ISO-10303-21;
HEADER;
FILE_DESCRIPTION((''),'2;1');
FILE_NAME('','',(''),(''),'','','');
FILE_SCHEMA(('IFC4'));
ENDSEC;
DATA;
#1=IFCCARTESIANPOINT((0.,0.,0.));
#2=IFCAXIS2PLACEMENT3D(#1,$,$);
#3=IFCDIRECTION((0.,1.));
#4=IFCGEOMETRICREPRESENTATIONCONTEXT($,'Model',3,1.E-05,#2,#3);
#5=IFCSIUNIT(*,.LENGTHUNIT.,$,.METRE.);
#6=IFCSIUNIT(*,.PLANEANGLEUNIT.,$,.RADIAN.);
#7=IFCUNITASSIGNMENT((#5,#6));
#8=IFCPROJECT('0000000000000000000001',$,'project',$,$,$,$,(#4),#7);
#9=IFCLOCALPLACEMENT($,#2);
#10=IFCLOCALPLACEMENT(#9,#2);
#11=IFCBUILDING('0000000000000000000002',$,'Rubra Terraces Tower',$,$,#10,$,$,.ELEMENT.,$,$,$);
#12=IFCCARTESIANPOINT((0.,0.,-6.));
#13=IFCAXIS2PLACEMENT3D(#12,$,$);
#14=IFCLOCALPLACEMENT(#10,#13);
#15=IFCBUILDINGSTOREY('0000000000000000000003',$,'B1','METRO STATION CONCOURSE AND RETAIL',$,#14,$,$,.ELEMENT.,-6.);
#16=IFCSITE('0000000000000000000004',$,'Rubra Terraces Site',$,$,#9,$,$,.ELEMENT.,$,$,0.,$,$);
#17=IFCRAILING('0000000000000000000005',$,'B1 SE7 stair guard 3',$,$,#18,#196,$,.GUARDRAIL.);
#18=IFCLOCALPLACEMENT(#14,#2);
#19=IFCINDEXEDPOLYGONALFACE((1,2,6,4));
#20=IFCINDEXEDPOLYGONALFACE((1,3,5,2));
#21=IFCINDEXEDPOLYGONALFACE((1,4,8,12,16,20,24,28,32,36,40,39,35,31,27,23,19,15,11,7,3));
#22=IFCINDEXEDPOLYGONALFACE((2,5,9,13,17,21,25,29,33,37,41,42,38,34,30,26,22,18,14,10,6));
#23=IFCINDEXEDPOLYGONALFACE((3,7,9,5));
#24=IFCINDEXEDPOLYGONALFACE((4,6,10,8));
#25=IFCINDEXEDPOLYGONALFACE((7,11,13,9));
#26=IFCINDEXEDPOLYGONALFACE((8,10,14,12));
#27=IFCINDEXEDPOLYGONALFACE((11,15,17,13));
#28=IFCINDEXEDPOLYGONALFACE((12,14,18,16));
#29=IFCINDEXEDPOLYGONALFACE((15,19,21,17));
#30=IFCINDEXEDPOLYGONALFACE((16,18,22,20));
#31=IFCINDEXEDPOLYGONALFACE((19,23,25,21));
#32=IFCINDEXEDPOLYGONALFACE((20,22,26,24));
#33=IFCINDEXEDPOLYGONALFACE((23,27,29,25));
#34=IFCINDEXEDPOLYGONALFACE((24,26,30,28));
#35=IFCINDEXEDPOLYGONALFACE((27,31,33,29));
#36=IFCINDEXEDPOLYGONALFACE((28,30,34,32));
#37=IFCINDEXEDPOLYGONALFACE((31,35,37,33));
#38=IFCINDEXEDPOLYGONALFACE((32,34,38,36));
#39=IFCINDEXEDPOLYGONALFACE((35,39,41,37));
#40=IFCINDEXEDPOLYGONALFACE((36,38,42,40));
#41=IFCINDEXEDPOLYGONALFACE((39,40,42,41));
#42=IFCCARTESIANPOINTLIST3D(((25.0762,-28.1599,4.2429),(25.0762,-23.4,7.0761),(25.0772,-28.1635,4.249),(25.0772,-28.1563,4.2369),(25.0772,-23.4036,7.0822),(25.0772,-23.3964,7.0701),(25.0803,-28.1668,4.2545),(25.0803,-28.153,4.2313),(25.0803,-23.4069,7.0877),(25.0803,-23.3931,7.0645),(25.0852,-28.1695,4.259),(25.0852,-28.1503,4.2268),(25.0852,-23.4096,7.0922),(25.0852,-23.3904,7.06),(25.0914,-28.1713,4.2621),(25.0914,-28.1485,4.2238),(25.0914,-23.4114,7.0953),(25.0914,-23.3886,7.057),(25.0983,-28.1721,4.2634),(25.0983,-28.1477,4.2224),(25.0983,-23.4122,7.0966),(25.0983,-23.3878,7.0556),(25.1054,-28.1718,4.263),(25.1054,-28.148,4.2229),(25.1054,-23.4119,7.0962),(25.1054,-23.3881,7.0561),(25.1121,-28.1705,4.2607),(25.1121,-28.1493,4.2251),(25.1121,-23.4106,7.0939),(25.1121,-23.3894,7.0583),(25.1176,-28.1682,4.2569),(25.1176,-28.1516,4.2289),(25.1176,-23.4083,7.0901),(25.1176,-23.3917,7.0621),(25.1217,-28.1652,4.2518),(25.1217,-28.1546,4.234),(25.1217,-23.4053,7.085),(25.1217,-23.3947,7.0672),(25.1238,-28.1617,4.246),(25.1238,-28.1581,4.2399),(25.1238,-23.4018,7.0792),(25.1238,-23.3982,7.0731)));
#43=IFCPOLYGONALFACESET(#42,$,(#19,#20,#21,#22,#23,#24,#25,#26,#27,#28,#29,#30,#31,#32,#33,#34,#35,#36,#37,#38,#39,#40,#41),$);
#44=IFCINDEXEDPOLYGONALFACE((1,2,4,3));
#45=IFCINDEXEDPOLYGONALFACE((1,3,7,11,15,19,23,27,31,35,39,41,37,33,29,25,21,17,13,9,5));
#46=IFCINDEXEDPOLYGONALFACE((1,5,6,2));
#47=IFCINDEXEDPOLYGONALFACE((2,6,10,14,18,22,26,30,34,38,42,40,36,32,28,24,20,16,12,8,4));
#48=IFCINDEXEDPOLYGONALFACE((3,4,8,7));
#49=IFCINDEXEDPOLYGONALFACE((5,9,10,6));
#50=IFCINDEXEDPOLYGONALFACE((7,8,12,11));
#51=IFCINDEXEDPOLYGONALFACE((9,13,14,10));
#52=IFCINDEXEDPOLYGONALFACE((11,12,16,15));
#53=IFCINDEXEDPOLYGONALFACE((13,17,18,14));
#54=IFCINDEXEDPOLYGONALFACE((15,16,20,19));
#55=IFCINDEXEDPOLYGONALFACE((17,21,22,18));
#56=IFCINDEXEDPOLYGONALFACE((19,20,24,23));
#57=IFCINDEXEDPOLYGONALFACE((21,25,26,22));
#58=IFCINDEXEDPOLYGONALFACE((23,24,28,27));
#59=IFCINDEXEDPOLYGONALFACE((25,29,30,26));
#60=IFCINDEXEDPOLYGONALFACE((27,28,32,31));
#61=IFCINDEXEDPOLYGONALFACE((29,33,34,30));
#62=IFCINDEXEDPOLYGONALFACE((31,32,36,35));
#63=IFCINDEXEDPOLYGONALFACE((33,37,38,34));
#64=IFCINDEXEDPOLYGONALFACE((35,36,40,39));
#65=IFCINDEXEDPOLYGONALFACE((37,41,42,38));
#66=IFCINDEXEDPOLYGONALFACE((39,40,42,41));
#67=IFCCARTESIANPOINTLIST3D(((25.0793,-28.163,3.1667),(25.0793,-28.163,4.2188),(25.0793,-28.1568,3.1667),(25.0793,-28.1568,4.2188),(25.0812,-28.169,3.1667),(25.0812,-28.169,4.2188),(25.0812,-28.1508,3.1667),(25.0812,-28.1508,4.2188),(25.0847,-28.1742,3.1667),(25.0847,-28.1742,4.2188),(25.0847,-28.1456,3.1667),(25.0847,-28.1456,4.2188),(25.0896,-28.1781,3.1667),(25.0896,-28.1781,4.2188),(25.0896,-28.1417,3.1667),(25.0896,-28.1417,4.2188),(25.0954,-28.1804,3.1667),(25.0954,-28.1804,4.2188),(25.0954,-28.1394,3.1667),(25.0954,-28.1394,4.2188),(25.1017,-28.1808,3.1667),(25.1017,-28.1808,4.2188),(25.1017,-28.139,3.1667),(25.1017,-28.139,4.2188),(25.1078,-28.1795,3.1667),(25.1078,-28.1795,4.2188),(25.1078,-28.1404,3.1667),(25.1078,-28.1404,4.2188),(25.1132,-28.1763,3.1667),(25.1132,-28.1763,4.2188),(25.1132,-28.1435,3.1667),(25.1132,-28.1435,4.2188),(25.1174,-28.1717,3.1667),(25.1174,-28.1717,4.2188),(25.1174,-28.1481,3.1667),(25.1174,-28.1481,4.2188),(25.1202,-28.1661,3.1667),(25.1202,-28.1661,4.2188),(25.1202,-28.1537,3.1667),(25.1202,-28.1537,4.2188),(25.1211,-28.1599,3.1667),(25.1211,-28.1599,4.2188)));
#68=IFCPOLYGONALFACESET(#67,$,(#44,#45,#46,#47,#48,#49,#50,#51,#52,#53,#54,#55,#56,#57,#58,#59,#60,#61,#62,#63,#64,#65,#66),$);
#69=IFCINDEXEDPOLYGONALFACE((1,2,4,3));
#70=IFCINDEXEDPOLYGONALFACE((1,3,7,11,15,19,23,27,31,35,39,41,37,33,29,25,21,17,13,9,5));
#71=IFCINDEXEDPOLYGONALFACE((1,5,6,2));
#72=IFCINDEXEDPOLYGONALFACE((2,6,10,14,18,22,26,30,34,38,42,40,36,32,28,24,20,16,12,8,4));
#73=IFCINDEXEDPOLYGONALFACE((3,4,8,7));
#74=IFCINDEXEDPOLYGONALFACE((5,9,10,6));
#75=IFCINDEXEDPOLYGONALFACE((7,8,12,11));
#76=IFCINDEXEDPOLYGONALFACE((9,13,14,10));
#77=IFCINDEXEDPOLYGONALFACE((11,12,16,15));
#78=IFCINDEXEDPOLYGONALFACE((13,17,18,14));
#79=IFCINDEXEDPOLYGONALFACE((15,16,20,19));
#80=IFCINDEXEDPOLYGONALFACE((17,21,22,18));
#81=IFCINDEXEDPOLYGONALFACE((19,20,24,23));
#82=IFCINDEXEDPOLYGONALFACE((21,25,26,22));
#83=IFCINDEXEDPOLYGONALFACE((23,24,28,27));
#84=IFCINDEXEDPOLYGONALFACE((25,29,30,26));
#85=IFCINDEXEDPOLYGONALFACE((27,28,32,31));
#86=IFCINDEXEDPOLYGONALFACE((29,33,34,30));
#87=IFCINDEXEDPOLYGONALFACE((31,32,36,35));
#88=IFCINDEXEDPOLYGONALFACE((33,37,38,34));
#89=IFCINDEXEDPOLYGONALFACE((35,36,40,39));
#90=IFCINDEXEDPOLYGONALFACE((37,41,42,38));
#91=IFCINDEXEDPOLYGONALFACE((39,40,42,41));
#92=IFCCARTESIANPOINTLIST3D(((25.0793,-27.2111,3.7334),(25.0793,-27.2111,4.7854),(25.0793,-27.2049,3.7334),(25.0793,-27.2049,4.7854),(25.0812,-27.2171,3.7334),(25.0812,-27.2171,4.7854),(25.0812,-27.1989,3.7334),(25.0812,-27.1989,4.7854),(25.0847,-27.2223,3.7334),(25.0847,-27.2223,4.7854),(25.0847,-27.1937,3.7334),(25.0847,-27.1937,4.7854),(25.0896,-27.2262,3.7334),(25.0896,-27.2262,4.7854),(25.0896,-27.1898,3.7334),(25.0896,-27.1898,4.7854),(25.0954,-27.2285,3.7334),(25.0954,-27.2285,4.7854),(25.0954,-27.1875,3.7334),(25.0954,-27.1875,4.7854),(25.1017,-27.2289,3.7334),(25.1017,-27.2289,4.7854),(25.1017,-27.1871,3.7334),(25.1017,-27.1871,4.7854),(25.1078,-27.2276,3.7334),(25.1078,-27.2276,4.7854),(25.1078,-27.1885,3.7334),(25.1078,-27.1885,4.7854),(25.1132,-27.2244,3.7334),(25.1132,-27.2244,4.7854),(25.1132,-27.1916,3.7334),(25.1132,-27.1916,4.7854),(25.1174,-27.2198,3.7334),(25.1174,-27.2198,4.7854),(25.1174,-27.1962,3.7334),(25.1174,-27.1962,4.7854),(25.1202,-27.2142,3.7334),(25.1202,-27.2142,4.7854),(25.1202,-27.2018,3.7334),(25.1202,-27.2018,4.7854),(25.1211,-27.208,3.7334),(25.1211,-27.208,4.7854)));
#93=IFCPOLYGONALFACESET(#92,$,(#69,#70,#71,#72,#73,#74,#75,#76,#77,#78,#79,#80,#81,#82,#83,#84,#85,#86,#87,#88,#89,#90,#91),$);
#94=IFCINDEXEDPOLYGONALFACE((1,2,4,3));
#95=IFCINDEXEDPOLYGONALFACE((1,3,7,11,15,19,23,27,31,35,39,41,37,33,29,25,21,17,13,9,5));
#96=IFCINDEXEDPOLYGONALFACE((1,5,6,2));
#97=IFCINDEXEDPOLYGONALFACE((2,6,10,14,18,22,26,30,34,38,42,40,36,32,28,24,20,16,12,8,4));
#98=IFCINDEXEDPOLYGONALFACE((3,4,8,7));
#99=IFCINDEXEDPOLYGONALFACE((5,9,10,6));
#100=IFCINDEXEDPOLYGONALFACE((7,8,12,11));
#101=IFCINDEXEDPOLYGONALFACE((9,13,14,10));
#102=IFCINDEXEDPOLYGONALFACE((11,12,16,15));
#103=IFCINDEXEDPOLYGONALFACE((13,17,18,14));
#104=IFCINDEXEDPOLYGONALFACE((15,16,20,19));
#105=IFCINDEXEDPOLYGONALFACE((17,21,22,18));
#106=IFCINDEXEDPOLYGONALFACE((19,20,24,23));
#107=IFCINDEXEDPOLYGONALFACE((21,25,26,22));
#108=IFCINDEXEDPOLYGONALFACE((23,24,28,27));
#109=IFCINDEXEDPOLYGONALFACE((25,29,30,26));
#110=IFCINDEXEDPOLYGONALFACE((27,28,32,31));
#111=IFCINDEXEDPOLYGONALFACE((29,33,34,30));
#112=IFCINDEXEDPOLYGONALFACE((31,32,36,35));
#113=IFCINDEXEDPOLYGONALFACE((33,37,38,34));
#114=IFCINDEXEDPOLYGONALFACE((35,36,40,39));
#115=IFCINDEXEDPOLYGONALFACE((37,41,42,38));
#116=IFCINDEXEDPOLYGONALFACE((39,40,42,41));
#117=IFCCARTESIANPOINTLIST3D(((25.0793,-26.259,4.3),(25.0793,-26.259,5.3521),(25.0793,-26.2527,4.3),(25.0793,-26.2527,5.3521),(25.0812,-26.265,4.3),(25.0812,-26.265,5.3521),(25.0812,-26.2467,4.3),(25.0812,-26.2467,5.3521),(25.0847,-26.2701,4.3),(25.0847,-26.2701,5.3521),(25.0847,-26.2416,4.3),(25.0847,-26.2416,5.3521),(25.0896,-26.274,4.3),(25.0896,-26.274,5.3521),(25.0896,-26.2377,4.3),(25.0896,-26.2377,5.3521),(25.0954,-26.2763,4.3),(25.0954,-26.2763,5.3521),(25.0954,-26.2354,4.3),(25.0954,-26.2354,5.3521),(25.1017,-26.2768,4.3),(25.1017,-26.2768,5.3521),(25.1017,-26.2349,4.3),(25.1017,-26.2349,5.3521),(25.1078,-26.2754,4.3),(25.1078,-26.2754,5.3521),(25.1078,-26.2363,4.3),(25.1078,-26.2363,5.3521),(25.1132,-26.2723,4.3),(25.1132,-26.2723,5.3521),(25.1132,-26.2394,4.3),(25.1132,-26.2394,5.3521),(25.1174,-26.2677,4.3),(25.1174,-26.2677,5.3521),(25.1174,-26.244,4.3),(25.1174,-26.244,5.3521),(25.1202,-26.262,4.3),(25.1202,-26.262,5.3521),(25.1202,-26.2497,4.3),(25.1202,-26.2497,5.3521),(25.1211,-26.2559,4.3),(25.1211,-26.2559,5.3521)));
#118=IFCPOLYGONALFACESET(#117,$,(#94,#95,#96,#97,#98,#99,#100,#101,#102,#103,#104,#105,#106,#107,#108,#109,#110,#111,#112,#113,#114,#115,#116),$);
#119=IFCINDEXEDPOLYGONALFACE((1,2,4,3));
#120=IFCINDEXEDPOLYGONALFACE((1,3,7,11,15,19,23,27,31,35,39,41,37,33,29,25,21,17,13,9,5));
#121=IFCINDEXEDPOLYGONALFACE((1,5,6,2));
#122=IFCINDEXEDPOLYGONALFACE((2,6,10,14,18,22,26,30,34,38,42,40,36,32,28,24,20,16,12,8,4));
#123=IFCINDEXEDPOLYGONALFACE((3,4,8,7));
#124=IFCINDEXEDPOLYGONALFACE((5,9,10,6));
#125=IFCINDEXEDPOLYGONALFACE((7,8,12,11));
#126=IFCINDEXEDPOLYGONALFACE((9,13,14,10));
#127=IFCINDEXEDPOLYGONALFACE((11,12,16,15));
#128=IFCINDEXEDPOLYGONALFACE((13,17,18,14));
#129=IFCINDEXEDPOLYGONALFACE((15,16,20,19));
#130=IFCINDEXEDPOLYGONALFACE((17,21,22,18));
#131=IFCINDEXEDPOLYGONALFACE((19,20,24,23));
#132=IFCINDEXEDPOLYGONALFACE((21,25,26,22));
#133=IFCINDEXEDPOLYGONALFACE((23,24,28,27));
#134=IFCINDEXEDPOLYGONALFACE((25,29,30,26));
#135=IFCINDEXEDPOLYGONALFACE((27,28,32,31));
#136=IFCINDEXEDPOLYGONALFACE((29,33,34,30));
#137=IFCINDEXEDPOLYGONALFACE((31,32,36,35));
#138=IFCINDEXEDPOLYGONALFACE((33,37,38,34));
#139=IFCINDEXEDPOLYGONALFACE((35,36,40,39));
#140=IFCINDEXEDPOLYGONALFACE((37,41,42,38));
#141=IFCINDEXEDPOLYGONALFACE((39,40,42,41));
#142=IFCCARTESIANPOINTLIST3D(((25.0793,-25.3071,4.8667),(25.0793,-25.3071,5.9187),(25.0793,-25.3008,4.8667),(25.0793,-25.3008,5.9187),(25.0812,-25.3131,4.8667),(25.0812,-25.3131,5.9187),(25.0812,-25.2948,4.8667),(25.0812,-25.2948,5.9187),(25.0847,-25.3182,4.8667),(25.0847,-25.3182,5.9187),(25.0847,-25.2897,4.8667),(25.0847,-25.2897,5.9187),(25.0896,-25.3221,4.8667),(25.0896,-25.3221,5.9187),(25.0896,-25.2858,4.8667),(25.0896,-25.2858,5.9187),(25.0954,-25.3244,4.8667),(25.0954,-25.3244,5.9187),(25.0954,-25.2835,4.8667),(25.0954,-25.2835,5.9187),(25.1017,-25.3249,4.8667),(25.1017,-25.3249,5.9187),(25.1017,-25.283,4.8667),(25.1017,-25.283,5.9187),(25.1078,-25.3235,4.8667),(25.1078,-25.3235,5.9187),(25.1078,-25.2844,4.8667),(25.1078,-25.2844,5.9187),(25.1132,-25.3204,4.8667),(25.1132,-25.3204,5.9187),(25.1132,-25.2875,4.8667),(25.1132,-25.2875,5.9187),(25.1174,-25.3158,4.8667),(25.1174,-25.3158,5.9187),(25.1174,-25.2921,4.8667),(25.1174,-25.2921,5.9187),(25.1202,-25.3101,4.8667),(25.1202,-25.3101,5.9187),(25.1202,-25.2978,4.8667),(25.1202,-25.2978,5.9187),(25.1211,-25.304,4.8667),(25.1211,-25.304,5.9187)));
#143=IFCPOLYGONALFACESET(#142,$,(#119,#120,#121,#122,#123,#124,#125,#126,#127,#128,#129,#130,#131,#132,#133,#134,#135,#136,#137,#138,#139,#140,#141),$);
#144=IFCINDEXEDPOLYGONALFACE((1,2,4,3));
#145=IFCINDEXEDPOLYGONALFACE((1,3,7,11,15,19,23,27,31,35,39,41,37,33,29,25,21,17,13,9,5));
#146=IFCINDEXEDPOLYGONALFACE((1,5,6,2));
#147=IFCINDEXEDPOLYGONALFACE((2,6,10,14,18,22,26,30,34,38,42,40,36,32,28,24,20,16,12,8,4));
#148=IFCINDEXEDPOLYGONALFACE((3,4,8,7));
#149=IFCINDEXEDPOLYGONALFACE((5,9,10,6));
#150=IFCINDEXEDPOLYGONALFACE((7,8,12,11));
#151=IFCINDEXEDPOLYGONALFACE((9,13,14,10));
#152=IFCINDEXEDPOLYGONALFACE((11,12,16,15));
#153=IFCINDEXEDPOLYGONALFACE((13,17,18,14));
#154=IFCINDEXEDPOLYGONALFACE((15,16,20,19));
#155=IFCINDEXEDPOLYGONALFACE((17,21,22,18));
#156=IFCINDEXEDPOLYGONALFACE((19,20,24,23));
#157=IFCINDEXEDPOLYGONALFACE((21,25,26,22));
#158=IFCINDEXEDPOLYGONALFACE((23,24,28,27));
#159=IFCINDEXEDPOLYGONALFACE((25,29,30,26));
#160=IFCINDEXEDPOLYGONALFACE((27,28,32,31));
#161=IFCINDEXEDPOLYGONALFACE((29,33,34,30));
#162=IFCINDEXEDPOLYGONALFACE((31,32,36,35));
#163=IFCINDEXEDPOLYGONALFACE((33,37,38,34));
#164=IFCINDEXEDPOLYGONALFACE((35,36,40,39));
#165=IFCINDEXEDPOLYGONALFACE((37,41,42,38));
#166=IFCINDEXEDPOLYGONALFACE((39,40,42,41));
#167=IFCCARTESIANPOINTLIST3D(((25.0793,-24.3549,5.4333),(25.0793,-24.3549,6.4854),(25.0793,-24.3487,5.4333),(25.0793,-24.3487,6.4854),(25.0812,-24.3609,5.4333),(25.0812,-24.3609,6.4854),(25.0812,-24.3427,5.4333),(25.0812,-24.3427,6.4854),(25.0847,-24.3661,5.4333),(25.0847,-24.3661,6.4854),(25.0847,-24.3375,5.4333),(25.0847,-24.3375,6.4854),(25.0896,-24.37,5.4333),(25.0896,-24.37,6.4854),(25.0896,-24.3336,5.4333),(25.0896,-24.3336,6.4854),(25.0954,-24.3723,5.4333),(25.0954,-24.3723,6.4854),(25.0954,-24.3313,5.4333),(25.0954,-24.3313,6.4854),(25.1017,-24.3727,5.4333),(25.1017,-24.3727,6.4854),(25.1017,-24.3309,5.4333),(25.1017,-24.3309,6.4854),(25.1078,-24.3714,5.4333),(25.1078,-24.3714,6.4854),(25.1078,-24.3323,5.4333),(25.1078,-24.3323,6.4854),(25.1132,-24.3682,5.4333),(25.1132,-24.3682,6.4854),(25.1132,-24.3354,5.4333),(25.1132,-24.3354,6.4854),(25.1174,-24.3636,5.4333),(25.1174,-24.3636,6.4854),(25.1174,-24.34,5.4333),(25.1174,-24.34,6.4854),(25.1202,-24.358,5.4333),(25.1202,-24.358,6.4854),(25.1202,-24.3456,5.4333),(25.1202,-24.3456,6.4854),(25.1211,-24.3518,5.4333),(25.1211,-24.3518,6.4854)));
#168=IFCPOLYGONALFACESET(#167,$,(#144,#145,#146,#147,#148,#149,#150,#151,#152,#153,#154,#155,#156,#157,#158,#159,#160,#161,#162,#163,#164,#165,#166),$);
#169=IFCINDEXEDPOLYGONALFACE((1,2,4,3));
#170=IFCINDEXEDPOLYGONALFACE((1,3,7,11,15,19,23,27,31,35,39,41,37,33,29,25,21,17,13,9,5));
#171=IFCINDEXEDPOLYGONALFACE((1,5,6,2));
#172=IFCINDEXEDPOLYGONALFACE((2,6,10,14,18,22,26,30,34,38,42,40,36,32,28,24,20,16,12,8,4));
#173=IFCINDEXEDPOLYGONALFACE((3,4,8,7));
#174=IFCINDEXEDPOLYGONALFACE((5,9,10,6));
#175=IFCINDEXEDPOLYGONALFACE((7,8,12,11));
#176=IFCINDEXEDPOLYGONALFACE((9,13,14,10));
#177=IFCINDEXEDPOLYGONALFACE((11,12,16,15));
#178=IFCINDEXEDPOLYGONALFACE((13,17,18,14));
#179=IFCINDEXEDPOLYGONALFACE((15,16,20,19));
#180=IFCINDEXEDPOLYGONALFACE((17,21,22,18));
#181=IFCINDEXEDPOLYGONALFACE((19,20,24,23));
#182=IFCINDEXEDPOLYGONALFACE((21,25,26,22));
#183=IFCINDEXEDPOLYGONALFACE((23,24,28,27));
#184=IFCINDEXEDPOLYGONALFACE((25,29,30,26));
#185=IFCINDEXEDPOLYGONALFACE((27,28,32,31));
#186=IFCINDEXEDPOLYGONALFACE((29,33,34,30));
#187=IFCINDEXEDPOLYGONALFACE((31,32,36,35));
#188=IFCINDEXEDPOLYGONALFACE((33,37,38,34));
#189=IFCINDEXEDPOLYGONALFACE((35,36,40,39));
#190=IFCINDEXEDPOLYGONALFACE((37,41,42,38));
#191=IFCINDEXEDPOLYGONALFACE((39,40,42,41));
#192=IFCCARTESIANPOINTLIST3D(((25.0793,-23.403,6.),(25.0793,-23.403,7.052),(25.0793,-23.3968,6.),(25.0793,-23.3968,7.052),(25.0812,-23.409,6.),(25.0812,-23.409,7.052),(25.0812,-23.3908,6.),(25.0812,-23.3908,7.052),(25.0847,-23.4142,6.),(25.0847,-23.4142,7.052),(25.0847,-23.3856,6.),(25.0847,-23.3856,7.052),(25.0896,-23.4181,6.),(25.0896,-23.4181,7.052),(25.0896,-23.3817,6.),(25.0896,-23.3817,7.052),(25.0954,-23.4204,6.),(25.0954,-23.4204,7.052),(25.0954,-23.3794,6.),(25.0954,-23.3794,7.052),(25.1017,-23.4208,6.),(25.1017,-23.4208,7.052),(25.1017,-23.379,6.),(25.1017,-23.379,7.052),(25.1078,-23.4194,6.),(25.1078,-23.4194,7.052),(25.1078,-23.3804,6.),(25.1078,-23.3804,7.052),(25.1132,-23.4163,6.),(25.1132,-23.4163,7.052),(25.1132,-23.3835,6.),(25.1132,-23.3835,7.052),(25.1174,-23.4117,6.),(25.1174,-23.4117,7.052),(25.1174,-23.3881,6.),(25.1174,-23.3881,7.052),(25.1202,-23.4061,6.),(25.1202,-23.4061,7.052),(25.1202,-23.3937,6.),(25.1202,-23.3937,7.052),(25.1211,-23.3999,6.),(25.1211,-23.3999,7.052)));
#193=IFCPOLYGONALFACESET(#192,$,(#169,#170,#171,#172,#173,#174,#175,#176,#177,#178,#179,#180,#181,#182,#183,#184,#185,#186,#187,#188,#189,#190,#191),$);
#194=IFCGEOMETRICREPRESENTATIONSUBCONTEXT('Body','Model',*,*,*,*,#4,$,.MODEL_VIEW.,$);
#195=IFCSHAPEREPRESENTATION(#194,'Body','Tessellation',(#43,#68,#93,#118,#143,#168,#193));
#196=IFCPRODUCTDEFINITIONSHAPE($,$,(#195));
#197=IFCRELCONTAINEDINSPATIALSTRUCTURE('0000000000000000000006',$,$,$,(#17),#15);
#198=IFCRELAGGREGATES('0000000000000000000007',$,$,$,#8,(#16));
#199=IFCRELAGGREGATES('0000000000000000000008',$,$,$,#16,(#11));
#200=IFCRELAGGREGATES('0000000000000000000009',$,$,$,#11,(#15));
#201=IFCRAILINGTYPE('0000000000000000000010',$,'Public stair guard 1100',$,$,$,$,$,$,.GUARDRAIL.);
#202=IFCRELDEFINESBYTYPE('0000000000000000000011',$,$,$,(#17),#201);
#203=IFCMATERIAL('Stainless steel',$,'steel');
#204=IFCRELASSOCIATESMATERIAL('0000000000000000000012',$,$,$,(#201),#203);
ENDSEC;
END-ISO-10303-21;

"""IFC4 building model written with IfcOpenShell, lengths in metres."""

from ifc_helpers import new_model, si_unit, direction, frame, origin, origin_2d, place, context, subcontext, project, spatial, circle, extrude, material, type_object, element, save


model = new_model("IFC4")

# Units and contexts
model_context = context("Model", 3, precision=1e-05, world=origin(), true_north=direction((0.0, 1.0)))
body_context = subcontext(model_context, "Body", "Model", "MODEL_VIEW")
ifc_project = project(units=[si_unit("LENGTHUNIT", "METRE"), si_unit("PLANEANGLEUNIT", "RADIAN")], contexts=[model_context])

# Site, building, storey
site_placement = place(None, origin())
site = spatial("IfcSite", under=ifc_project, at=site_placement, Name="Rubra Terraces Site", CompositionType="ELEMENT", RefElevation=0.0)
building_placement = place(site_placement, origin())
building = spatial("IfcBuilding", under=site, at=building_placement, Name="Rubra Terraces Tower", CompositionType="ELEMENT")
storey_placement = place(building_placement, frame((0.0, 0.0, -6.0)))
storey = spatial("IfcBuildingStorey", under=building, at=storey_placement, Name="B1", Description="METRO STATION CONCOURSE AND RETAIL", CompositionType="ELEMENT", Elevation=-6.0)

# Railing
ifc_material_1 = material(Name="Stainless steel", Category="steel")
railing_type_1 = type_object("IfcRailingType", Name="Public stair guard 1100", PredefinedType="GUARDRAIL", material=ifc_material_1)
railing_1_placement = place(storey_placement, frame((25.1001, -28.1599, 3.1667)))
element("IfcRailing", 1, at=railing_1_placement, inside=storey, type_object=railing_type_1, Name="B1 SE7 stair guard 3", PredefinedType="GUARDRAIL", context=body_context, shape_type="SweptSolid", body=[
    extrude(circle(Radius=0.0239, at=origin_2d()), frame((0.0, 0.0, 1.0762), z_axis=(0.0, 0.8593, 0.511472), x_axis=(-1.0, 0.0, 0.0)), (0.0, 0.0, 1.0), 5.5393),
    extrude(circle(Radius=0.021, at=origin_2d()), origin(), (0.0, 0.0, 1.0), 1.052),
    extrude(circle(Radius=0.021, at=origin_2d()), frame((0.0, 0.9519, 0.5667)), (0.0, 0.0, 1.0), 1.052),
    extrude(circle(Radius=0.021, at=origin_2d()), frame((0.0, 1.9041, 1.1333)), (0.0, 0.0, 1.0), 1.052),
    extrude(circle(Radius=0.021, at=origin_2d()), frame((0.0, 2.856, 1.7)), (0.0, 0.0, 1.0), 1.052),
    extrude(circle(Radius=0.021, at=origin_2d()), frame((0.0, 3.8081, 2.2666)), (0.0, 0.0, 1.0), 1.052),
    extrude(circle(Radius=0.021, at=origin_2d()), frame((0.0, 4.76, 2.8333)), (0.0, 0.0, 1.0), 1.052),
])

save(model, "model.ifc")
